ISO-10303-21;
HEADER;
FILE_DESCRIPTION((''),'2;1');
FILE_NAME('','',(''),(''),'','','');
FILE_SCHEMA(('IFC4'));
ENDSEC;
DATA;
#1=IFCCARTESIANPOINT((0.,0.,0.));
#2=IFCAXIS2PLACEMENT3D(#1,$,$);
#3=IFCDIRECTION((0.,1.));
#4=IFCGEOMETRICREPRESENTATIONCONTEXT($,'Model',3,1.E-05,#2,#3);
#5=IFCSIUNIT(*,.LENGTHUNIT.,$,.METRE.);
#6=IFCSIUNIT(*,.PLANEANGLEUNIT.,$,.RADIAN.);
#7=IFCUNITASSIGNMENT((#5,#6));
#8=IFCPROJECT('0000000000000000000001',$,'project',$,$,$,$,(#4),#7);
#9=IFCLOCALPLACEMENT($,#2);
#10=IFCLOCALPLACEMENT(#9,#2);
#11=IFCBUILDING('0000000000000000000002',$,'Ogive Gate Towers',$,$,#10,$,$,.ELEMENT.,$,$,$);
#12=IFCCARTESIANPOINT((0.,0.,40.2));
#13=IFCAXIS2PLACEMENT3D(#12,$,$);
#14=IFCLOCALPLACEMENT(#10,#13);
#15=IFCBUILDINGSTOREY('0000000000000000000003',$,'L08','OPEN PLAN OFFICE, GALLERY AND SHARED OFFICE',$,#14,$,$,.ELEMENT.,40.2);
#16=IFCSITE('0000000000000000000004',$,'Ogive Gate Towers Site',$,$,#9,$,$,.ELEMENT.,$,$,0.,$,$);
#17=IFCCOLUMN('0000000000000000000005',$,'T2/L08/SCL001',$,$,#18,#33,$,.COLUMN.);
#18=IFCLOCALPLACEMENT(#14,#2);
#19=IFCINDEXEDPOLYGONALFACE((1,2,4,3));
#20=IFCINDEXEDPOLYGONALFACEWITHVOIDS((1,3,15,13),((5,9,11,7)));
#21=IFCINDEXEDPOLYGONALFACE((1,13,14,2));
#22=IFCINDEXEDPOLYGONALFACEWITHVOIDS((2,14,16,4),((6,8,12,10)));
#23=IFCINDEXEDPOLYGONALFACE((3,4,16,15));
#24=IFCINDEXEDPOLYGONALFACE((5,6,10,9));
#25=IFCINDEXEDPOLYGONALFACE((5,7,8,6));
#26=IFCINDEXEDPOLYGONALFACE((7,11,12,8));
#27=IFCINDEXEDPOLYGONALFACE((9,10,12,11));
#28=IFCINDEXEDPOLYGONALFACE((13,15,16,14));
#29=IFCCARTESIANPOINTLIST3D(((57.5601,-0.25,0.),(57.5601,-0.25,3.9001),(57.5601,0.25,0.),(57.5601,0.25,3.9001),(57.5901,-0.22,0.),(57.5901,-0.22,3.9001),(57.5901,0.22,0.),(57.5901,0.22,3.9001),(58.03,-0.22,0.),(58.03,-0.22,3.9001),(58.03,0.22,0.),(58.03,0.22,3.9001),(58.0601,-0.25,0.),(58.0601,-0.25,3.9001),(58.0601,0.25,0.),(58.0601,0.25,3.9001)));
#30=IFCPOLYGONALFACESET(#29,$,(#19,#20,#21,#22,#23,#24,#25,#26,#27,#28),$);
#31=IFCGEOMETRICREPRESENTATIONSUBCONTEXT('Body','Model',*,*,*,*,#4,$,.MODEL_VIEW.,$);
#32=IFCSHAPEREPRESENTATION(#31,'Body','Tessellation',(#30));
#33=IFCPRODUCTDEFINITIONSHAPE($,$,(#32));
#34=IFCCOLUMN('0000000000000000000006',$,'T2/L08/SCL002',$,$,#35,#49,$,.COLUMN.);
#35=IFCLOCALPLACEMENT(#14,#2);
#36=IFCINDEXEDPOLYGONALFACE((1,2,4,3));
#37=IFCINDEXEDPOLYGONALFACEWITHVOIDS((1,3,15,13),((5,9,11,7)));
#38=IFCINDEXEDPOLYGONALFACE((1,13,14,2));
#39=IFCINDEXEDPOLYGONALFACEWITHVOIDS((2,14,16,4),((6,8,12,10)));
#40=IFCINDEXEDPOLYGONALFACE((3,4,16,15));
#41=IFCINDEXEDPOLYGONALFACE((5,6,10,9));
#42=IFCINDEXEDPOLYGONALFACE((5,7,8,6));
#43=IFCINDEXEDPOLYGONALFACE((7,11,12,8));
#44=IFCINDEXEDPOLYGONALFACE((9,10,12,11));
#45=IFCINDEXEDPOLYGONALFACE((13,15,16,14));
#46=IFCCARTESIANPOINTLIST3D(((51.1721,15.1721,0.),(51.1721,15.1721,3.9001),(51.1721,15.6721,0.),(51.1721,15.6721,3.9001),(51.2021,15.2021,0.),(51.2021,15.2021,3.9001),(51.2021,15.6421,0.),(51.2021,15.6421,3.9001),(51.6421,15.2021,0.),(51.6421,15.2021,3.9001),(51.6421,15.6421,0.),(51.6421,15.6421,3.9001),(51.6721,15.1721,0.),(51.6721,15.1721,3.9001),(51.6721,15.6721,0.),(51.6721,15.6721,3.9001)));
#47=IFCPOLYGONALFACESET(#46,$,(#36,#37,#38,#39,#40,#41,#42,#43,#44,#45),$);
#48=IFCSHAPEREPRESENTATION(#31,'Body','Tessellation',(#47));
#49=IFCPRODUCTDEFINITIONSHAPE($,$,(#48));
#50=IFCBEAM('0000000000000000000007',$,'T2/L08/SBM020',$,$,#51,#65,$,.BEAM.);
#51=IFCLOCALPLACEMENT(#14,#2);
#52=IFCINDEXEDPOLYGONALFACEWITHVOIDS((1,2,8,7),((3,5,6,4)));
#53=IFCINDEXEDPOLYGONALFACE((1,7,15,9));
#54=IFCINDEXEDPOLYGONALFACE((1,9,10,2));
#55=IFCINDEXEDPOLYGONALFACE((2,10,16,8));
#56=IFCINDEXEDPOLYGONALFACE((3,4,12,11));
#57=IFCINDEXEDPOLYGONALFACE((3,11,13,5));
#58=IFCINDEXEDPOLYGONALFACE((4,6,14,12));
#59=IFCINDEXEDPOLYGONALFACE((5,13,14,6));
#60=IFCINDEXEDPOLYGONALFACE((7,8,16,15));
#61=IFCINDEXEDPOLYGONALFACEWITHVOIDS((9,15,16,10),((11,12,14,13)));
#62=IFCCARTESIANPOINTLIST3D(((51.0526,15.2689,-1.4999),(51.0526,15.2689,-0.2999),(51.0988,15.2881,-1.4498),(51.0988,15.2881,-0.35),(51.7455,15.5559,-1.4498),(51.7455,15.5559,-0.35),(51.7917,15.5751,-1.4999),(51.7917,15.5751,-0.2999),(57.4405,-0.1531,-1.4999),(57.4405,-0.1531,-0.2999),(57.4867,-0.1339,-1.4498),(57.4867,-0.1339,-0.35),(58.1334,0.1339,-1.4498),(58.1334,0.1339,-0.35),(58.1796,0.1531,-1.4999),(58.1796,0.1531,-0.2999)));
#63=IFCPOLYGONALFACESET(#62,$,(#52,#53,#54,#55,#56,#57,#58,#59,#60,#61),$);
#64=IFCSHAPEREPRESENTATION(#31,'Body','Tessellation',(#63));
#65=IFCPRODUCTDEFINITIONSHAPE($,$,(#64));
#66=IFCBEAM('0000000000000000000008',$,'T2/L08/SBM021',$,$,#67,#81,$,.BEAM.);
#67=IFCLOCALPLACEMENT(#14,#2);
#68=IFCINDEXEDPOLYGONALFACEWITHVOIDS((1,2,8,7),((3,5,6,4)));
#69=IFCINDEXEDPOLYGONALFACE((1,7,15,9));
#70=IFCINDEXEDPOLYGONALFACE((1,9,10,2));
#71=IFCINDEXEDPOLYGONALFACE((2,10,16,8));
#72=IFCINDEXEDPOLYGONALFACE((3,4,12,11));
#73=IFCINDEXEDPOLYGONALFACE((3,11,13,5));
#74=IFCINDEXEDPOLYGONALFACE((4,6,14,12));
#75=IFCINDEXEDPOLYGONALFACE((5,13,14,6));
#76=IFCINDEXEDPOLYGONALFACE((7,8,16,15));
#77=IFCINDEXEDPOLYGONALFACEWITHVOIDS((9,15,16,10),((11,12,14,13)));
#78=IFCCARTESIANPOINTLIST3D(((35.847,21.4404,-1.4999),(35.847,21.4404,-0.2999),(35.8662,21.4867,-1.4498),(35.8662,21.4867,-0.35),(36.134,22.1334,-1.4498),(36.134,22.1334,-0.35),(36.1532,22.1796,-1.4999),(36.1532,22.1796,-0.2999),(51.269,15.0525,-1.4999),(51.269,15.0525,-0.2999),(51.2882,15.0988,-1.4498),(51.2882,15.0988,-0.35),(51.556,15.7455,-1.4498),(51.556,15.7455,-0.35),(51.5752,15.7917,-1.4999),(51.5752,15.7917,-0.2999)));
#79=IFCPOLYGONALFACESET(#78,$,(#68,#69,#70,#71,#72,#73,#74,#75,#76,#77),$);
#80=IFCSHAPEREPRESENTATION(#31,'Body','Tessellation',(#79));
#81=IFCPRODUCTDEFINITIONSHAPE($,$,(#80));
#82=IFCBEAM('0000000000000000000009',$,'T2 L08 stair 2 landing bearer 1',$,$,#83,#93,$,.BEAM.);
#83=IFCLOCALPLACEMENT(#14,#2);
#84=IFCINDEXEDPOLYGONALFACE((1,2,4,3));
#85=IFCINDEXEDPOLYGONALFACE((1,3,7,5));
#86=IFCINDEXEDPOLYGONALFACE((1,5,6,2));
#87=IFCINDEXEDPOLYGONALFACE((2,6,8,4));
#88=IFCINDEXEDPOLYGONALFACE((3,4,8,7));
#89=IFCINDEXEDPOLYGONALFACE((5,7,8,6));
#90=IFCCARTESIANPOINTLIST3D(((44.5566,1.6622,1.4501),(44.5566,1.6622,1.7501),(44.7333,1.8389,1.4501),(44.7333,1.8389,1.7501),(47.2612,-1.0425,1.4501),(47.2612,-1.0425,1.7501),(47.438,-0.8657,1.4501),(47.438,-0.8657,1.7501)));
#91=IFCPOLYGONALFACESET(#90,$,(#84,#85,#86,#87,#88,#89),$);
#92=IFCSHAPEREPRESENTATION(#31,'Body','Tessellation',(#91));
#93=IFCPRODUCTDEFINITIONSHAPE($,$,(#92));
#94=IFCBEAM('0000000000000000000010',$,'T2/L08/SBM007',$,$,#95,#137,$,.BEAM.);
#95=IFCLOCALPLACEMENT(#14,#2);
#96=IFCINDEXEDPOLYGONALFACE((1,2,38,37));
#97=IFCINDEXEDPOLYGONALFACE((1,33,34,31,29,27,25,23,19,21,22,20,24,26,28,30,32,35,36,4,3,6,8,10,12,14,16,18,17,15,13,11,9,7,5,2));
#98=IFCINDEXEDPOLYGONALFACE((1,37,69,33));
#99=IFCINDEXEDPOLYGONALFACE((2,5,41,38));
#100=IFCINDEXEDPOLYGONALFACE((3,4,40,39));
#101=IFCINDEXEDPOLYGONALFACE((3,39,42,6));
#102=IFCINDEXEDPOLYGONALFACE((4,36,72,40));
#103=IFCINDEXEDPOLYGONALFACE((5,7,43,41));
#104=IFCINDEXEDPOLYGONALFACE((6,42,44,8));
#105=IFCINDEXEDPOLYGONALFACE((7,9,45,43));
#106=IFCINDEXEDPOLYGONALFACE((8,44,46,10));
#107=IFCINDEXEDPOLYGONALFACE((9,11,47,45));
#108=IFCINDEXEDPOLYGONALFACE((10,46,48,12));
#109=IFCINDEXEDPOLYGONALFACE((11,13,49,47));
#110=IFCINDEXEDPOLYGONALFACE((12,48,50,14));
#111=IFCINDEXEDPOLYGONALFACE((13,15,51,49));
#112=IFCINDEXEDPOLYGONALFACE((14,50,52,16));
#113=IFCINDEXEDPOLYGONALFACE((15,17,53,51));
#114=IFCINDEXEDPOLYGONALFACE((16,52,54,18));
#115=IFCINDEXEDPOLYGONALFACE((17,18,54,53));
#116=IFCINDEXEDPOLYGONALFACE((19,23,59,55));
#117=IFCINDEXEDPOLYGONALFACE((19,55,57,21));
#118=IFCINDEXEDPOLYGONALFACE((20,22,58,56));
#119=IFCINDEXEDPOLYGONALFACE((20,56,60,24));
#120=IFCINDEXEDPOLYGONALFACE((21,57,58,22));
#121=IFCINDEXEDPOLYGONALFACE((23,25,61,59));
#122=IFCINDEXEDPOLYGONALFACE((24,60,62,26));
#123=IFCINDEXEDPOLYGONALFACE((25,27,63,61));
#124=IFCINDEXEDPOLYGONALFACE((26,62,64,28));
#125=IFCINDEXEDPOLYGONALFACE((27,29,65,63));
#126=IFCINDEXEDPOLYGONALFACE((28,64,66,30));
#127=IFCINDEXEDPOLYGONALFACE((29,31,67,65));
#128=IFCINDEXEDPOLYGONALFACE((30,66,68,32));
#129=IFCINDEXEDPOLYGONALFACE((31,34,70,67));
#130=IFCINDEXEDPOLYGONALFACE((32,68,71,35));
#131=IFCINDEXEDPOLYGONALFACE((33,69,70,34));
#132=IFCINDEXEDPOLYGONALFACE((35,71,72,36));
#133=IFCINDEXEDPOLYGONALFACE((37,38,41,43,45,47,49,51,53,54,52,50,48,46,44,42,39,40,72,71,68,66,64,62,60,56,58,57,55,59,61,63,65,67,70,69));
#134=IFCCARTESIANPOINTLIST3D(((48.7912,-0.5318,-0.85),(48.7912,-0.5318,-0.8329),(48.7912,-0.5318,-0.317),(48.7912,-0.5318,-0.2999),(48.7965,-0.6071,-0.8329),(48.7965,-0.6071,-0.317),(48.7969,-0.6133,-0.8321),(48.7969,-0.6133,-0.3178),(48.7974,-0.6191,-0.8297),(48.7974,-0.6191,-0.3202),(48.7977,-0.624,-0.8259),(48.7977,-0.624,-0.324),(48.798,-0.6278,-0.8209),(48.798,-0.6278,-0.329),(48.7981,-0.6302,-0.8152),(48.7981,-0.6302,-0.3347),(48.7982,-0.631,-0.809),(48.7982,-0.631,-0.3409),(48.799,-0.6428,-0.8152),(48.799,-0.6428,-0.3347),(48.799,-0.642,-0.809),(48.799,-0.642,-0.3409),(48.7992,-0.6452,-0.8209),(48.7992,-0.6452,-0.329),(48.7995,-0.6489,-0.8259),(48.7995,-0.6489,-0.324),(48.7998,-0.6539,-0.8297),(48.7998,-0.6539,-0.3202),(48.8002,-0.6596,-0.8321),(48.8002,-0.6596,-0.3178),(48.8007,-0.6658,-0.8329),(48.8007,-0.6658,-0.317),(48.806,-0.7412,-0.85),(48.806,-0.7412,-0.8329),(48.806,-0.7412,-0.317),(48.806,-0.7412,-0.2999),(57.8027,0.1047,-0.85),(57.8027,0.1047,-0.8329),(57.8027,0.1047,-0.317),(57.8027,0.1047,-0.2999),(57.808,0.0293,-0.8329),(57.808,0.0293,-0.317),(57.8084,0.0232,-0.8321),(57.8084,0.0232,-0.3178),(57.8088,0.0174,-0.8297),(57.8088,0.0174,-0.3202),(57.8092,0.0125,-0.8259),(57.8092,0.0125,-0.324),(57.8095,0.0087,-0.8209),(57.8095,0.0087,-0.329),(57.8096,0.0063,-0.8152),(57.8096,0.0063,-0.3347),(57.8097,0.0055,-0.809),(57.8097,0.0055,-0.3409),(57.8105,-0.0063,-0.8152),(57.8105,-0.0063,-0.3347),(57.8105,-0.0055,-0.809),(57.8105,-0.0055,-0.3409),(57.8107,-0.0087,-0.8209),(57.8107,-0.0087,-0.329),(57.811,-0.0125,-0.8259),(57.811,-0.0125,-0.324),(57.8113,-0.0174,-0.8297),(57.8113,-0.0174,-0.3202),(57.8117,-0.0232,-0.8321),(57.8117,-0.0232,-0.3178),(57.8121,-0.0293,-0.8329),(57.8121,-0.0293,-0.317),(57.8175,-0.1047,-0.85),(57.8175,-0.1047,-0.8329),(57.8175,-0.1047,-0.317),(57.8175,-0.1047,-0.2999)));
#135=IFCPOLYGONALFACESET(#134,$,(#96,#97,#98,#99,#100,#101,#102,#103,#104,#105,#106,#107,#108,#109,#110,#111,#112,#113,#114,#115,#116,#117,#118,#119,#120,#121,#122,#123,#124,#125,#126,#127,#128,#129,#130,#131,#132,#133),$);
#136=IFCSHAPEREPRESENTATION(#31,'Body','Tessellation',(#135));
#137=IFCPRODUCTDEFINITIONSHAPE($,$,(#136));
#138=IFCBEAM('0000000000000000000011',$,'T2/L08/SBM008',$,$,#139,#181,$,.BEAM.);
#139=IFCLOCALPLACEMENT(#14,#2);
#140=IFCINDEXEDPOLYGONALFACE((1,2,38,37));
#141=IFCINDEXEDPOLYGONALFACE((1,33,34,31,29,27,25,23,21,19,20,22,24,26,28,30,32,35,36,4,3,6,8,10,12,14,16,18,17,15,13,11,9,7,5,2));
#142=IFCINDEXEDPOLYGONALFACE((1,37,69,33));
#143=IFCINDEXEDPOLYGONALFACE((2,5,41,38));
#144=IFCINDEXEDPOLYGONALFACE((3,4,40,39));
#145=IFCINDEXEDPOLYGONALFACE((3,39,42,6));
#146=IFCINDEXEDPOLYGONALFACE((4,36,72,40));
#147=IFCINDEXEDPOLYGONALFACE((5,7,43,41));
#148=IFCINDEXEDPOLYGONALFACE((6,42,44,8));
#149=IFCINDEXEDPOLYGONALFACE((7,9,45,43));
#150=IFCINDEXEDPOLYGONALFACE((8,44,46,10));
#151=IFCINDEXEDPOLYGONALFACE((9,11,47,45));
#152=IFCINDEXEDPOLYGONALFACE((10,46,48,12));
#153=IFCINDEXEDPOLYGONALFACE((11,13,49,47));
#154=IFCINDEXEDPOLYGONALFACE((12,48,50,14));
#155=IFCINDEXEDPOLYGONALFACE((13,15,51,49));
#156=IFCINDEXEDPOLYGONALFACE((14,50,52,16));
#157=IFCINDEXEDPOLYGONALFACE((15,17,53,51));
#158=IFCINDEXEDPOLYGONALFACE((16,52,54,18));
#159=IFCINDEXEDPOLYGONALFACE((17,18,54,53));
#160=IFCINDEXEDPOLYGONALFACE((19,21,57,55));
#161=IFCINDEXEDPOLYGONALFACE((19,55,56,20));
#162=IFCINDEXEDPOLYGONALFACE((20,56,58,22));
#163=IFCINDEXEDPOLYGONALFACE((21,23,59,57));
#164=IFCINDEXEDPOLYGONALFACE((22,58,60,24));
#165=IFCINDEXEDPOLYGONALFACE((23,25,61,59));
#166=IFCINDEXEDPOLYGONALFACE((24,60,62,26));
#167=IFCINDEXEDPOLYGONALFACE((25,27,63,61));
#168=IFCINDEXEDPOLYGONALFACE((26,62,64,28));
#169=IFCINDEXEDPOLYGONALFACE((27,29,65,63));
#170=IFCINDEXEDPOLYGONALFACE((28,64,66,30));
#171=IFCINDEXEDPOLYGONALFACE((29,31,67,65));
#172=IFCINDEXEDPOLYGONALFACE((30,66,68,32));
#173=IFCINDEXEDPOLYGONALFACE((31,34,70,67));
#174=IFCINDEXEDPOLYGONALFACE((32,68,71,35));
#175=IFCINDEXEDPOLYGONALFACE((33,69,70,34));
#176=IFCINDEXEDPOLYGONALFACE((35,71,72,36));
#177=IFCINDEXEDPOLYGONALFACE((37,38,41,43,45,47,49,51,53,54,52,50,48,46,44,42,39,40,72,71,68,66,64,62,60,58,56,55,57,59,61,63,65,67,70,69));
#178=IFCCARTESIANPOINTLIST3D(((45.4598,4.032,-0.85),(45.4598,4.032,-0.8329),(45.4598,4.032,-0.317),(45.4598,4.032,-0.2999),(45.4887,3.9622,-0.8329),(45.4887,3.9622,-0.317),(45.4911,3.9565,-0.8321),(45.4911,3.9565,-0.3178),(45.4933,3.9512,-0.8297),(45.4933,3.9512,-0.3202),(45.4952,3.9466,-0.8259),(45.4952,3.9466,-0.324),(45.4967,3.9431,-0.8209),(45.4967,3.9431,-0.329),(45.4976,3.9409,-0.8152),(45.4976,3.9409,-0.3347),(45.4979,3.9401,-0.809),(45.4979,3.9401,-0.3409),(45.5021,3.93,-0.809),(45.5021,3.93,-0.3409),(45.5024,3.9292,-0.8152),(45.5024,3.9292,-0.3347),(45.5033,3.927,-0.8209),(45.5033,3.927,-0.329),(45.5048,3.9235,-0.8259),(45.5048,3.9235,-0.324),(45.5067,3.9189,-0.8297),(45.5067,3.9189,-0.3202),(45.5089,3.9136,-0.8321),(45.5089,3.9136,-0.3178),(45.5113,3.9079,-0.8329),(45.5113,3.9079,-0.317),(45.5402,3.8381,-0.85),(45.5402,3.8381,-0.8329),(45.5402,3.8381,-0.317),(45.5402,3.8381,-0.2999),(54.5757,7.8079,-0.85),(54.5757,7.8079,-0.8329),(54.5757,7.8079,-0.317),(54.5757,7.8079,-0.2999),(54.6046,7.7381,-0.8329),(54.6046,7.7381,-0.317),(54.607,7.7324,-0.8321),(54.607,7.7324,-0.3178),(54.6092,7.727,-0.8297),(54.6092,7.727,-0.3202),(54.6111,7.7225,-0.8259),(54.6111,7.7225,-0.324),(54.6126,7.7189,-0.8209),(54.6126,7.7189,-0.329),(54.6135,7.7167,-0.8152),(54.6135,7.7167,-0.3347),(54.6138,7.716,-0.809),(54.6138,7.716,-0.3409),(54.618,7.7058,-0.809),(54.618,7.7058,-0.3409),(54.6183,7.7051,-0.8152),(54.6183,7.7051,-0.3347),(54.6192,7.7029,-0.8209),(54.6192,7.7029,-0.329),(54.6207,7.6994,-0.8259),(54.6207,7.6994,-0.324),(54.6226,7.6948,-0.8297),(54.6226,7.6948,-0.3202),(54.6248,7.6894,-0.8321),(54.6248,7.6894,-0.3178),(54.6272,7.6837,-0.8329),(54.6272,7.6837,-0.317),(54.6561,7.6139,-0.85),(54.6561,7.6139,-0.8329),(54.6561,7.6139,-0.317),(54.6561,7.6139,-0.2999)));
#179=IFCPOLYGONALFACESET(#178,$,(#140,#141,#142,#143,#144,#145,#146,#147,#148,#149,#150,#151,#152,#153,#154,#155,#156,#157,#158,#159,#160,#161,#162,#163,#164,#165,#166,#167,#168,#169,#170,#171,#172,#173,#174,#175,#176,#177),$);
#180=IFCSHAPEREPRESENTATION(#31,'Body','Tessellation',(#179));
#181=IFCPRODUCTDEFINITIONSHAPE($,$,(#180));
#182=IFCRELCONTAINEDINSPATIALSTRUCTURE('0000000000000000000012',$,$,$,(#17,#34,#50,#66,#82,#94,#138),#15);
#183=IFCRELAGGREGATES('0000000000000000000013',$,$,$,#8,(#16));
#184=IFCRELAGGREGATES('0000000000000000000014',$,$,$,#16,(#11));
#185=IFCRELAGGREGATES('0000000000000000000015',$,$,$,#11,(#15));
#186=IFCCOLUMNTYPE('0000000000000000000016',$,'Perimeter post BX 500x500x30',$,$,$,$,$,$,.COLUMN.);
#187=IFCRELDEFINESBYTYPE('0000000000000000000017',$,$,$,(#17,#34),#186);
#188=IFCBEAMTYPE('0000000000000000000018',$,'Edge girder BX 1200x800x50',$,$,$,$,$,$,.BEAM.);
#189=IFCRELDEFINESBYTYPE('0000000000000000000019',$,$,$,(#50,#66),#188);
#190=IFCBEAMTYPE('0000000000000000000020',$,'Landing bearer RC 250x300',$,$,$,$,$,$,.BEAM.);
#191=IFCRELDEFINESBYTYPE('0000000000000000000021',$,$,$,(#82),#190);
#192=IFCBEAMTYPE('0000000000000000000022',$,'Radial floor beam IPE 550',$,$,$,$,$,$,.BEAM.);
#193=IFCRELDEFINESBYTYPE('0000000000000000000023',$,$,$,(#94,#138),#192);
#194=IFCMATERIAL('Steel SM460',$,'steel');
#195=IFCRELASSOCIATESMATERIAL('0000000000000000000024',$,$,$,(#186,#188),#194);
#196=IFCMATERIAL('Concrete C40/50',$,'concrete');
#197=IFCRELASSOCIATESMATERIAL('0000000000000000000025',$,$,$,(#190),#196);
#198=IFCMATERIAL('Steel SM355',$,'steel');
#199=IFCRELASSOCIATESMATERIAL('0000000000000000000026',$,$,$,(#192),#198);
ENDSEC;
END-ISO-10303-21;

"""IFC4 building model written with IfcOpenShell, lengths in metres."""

from ifc_helpers import new_model, si_unit, direction, frame, origin, origin_2d, place, context, subcontext, project, spatial, rectangle, hollow_rectangle, i_section, extrude, material, material_profile, profile_set, type_object, element, save


model = new_model("IFC4")

# Units and contexts
model_context = context("Model", 3, precision=1e-05, world=origin(), true_north=direction((0.0, 1.0)))
body_context = subcontext(model_context, "Body", "Model", "MODEL_VIEW")
ifc_project = project(units=[si_unit("LENGTHUNIT", "METRE"), si_unit("PLANEANGLEUNIT", "RADIAN")], contexts=[model_context])

# Site, building, storey
site_placement = place(None, origin())
site = spatial("IfcSite", under=ifc_project, at=site_placement, Name="Ogive Gate Towers Site", CompositionType="ELEMENT", RefElevation=0.0)
building_placement = place(site_placement, origin())
building = spatial("IfcBuilding", under=site, at=building_placement, Name="Ogive Gate Towers", CompositionType="ELEMENT")
storey_placement = place(building_placement, frame((0.0, 0.0, 40.2)))
storey = spatial("IfcBuildingStorey", under=building, at=storey_placement, Name="L08", Description="OPEN PLAN OFFICE, GALLERY AND SHARED OFFICE", CompositionType="ELEMENT", Elevation=40.2)

# Columns
ifc_material_1 = material(Name="Steel SM460", Category="steel")
ifc_material_profile_1 = material_profile(ifc_material_1, hollow_rectangle(XDim=0.5, YDim=0.5, WallThickness=0.03, at=origin_2d()), Name="BX 500x500x30")
ifc_profile_set_1 = profile_set([ifc_material_profile_1], Name="Steel SM460")
column_type = type_object("IfcColumnType", Name="Perimeter post BX 500x500x30", PredefinedType="COLUMN", material=ifc_profile_set_1)
for number, where, z_axis, x_axis, name in (
    (1, (57.8101, 0.0, 0.0), (0.0, 0.0, 1.0), (1.0, 0.0, 0.0), "T2/L08/SCL001"),
    (2, (51.4221, 15.4221, 0.0), (0.0, 0.0, 1.0), (1.0, 0.0, 0.0), "T2/L08/SCL002"),
):
    element("IfcColumn", number, at=place(storey_placement, frame(where, z_axis=z_axis, x_axis=x_axis)), inside=storey, type_object=column_type, Name=name, PredefinedType="COLUMN", context=body_context, shape_type="SweptSolid", body=[
        extrude(hollow_rectangle(XDim=0.5, YDim=0.5, WallThickness=0.03, at=origin_2d()), origin(), (0.0, 0.0, 1.0), 3.9001),
    ])

# Beams
ifc_material_profile_2 = material_profile(ifc_material_1, hollow_rectangle(XDim=0.8, YDim=1.2, WallThickness=0.05, at=origin_2d()), Name="BX 1200x800x50")
ifc_profile_set_2 = profile_set([ifc_material_profile_2], Name="Steel SM460")
beam_type_1 = type_object("IfcBeamType", Name="Edge girder BX 1200x800x50", PredefinedType="BEAM", material=ifc_profile_set_2)
for number, where, z_axis, x_axis, name in (
    (3, (57.8101, 0.0, -0.8999), (-0.382678, 0.923882, 0.0), (-0.923882, -0.382678, 0.0), "T2/L08/SBM020"),
    (4, (51.4221, 15.4221, -0.8999), (-0.923882, 0.382678, 0.0), (-0.382678, -0.923882, 0.0), "T2/L08/SBM021"),
):
    element("IfcBeam", number, at=place(storey_placement, frame(where, z_axis=z_axis, x_axis=x_axis)), inside=storey, type_object=beam_type_1, Name=name, PredefinedType="BEAM", context=body_context, shape_type="SweptSolid", body=[
        extrude(hollow_rectangle(XDim=0.8, YDim=1.2, WallThickness=0.05, at=origin_2d()), origin(), (0.0, 0.0, 1.0), 16.6926),
    ])
ifc_material_2 = material(Name="Concrete C40/50", Category="concrete")
ifc_material_profile_3 = material_profile(ifc_material_2, rectangle(XDim=0.25, YDim=0.3, at=origin_2d()), Name="RC 250x300")
ifc_profile_set_3 = profile_set([ifc_material_profile_3], Name="Concrete C40/50")
beam_type_2 = type_object("IfcBeamType", Name="Landing bearer RC 250x300", PredefinedType="BEAM", material=ifc_profile_set_3)
beam_1_placement = place(storey_placement, frame((47.3496, -0.9541, 1.6001), z_axis=(-0.707107, 0.707107, 0.0), x_axis=(-0.707107, -0.707107, 0.0)))
element("IfcBeam", 5, at=beam_1_placement, inside=storey, type_object=beam_type_2, Name="T2 L08 stair 2 landing bearer 1", PredefinedType="BEAM", context=body_context, shape_type="SweptSolid", body=[
    extrude(rectangle(XDim=0.25, YDim=0.3, at=origin_2d()), origin(), (0.0, 0.0, 1.0), 3.825),
])
ifc_material_3 = material(Name="Steel SM355", Category="steel")
ifc_material_profile_4 = material_profile(ifc_material_3, i_section(OverallWidth=0.21, OverallDepth=0.55, WebThickness=0.011, FlangeThickness=0.0171, FilletRadius=0.0239, at=origin_2d()), Name="IPE 550")
ifc_profile_set_4 = profile_set([ifc_material_profile_4], Name="Steel SM355")
beam_type_3 = type_object("IfcBeamType", Name="Radial floor beam IPE 550", PredefinedType="BEAM", material=ifc_profile_set_4)
beam_2_placement = place(storey_placement, frame((48.7986, -0.6365, -0.575), z_axis=(0.997515, 0.070454, 0.0), x_axis=(-0.070454, 0.997515, 0.0)))
element("IfcBeam", 6, at=beam_2_placement, inside=storey, type_object=beam_type_3, Name="T2/L08/SBM007", PredefinedType="BEAM", context=body_context, shape_type="SweptSolid", body=[
    extrude(i_section(OverallWidth=0.21, OverallDepth=0.55, WebThickness=0.011, FlangeThickness=0.0171, FilletRadius=0.0239, at=origin_2d()), origin(), (0.0, 0.0, 1.0), 9.0339),
])
for number, where, z_axis, x_axis, name in (
    (7, (45.5, 3.9351, -0.575), (0.923882, 0.382677, 0.0), (-0.382677, 0.923882, 0.0), "T2/L08/SBM008"),
):
    element("IfcBeam", number, at=place(storey_placement, frame(where, z_axis=z_axis, x_axis=x_axis)), inside=storey, type_object=beam_type_3, Name=name, PredefinedType="BEAM", context=body_context, shape_type="SweptSolid", body=[
        extrude(i_section(OverallWidth=0.21, OverallDepth=0.55, WebThickness=0.011, FlangeThickness=0.0171, FilletRadius=0.0239, at=origin_2d()), origin(), (0.0, 0.0, 1.0), 9.8669),
    ])

save(model, "model.ifc")
